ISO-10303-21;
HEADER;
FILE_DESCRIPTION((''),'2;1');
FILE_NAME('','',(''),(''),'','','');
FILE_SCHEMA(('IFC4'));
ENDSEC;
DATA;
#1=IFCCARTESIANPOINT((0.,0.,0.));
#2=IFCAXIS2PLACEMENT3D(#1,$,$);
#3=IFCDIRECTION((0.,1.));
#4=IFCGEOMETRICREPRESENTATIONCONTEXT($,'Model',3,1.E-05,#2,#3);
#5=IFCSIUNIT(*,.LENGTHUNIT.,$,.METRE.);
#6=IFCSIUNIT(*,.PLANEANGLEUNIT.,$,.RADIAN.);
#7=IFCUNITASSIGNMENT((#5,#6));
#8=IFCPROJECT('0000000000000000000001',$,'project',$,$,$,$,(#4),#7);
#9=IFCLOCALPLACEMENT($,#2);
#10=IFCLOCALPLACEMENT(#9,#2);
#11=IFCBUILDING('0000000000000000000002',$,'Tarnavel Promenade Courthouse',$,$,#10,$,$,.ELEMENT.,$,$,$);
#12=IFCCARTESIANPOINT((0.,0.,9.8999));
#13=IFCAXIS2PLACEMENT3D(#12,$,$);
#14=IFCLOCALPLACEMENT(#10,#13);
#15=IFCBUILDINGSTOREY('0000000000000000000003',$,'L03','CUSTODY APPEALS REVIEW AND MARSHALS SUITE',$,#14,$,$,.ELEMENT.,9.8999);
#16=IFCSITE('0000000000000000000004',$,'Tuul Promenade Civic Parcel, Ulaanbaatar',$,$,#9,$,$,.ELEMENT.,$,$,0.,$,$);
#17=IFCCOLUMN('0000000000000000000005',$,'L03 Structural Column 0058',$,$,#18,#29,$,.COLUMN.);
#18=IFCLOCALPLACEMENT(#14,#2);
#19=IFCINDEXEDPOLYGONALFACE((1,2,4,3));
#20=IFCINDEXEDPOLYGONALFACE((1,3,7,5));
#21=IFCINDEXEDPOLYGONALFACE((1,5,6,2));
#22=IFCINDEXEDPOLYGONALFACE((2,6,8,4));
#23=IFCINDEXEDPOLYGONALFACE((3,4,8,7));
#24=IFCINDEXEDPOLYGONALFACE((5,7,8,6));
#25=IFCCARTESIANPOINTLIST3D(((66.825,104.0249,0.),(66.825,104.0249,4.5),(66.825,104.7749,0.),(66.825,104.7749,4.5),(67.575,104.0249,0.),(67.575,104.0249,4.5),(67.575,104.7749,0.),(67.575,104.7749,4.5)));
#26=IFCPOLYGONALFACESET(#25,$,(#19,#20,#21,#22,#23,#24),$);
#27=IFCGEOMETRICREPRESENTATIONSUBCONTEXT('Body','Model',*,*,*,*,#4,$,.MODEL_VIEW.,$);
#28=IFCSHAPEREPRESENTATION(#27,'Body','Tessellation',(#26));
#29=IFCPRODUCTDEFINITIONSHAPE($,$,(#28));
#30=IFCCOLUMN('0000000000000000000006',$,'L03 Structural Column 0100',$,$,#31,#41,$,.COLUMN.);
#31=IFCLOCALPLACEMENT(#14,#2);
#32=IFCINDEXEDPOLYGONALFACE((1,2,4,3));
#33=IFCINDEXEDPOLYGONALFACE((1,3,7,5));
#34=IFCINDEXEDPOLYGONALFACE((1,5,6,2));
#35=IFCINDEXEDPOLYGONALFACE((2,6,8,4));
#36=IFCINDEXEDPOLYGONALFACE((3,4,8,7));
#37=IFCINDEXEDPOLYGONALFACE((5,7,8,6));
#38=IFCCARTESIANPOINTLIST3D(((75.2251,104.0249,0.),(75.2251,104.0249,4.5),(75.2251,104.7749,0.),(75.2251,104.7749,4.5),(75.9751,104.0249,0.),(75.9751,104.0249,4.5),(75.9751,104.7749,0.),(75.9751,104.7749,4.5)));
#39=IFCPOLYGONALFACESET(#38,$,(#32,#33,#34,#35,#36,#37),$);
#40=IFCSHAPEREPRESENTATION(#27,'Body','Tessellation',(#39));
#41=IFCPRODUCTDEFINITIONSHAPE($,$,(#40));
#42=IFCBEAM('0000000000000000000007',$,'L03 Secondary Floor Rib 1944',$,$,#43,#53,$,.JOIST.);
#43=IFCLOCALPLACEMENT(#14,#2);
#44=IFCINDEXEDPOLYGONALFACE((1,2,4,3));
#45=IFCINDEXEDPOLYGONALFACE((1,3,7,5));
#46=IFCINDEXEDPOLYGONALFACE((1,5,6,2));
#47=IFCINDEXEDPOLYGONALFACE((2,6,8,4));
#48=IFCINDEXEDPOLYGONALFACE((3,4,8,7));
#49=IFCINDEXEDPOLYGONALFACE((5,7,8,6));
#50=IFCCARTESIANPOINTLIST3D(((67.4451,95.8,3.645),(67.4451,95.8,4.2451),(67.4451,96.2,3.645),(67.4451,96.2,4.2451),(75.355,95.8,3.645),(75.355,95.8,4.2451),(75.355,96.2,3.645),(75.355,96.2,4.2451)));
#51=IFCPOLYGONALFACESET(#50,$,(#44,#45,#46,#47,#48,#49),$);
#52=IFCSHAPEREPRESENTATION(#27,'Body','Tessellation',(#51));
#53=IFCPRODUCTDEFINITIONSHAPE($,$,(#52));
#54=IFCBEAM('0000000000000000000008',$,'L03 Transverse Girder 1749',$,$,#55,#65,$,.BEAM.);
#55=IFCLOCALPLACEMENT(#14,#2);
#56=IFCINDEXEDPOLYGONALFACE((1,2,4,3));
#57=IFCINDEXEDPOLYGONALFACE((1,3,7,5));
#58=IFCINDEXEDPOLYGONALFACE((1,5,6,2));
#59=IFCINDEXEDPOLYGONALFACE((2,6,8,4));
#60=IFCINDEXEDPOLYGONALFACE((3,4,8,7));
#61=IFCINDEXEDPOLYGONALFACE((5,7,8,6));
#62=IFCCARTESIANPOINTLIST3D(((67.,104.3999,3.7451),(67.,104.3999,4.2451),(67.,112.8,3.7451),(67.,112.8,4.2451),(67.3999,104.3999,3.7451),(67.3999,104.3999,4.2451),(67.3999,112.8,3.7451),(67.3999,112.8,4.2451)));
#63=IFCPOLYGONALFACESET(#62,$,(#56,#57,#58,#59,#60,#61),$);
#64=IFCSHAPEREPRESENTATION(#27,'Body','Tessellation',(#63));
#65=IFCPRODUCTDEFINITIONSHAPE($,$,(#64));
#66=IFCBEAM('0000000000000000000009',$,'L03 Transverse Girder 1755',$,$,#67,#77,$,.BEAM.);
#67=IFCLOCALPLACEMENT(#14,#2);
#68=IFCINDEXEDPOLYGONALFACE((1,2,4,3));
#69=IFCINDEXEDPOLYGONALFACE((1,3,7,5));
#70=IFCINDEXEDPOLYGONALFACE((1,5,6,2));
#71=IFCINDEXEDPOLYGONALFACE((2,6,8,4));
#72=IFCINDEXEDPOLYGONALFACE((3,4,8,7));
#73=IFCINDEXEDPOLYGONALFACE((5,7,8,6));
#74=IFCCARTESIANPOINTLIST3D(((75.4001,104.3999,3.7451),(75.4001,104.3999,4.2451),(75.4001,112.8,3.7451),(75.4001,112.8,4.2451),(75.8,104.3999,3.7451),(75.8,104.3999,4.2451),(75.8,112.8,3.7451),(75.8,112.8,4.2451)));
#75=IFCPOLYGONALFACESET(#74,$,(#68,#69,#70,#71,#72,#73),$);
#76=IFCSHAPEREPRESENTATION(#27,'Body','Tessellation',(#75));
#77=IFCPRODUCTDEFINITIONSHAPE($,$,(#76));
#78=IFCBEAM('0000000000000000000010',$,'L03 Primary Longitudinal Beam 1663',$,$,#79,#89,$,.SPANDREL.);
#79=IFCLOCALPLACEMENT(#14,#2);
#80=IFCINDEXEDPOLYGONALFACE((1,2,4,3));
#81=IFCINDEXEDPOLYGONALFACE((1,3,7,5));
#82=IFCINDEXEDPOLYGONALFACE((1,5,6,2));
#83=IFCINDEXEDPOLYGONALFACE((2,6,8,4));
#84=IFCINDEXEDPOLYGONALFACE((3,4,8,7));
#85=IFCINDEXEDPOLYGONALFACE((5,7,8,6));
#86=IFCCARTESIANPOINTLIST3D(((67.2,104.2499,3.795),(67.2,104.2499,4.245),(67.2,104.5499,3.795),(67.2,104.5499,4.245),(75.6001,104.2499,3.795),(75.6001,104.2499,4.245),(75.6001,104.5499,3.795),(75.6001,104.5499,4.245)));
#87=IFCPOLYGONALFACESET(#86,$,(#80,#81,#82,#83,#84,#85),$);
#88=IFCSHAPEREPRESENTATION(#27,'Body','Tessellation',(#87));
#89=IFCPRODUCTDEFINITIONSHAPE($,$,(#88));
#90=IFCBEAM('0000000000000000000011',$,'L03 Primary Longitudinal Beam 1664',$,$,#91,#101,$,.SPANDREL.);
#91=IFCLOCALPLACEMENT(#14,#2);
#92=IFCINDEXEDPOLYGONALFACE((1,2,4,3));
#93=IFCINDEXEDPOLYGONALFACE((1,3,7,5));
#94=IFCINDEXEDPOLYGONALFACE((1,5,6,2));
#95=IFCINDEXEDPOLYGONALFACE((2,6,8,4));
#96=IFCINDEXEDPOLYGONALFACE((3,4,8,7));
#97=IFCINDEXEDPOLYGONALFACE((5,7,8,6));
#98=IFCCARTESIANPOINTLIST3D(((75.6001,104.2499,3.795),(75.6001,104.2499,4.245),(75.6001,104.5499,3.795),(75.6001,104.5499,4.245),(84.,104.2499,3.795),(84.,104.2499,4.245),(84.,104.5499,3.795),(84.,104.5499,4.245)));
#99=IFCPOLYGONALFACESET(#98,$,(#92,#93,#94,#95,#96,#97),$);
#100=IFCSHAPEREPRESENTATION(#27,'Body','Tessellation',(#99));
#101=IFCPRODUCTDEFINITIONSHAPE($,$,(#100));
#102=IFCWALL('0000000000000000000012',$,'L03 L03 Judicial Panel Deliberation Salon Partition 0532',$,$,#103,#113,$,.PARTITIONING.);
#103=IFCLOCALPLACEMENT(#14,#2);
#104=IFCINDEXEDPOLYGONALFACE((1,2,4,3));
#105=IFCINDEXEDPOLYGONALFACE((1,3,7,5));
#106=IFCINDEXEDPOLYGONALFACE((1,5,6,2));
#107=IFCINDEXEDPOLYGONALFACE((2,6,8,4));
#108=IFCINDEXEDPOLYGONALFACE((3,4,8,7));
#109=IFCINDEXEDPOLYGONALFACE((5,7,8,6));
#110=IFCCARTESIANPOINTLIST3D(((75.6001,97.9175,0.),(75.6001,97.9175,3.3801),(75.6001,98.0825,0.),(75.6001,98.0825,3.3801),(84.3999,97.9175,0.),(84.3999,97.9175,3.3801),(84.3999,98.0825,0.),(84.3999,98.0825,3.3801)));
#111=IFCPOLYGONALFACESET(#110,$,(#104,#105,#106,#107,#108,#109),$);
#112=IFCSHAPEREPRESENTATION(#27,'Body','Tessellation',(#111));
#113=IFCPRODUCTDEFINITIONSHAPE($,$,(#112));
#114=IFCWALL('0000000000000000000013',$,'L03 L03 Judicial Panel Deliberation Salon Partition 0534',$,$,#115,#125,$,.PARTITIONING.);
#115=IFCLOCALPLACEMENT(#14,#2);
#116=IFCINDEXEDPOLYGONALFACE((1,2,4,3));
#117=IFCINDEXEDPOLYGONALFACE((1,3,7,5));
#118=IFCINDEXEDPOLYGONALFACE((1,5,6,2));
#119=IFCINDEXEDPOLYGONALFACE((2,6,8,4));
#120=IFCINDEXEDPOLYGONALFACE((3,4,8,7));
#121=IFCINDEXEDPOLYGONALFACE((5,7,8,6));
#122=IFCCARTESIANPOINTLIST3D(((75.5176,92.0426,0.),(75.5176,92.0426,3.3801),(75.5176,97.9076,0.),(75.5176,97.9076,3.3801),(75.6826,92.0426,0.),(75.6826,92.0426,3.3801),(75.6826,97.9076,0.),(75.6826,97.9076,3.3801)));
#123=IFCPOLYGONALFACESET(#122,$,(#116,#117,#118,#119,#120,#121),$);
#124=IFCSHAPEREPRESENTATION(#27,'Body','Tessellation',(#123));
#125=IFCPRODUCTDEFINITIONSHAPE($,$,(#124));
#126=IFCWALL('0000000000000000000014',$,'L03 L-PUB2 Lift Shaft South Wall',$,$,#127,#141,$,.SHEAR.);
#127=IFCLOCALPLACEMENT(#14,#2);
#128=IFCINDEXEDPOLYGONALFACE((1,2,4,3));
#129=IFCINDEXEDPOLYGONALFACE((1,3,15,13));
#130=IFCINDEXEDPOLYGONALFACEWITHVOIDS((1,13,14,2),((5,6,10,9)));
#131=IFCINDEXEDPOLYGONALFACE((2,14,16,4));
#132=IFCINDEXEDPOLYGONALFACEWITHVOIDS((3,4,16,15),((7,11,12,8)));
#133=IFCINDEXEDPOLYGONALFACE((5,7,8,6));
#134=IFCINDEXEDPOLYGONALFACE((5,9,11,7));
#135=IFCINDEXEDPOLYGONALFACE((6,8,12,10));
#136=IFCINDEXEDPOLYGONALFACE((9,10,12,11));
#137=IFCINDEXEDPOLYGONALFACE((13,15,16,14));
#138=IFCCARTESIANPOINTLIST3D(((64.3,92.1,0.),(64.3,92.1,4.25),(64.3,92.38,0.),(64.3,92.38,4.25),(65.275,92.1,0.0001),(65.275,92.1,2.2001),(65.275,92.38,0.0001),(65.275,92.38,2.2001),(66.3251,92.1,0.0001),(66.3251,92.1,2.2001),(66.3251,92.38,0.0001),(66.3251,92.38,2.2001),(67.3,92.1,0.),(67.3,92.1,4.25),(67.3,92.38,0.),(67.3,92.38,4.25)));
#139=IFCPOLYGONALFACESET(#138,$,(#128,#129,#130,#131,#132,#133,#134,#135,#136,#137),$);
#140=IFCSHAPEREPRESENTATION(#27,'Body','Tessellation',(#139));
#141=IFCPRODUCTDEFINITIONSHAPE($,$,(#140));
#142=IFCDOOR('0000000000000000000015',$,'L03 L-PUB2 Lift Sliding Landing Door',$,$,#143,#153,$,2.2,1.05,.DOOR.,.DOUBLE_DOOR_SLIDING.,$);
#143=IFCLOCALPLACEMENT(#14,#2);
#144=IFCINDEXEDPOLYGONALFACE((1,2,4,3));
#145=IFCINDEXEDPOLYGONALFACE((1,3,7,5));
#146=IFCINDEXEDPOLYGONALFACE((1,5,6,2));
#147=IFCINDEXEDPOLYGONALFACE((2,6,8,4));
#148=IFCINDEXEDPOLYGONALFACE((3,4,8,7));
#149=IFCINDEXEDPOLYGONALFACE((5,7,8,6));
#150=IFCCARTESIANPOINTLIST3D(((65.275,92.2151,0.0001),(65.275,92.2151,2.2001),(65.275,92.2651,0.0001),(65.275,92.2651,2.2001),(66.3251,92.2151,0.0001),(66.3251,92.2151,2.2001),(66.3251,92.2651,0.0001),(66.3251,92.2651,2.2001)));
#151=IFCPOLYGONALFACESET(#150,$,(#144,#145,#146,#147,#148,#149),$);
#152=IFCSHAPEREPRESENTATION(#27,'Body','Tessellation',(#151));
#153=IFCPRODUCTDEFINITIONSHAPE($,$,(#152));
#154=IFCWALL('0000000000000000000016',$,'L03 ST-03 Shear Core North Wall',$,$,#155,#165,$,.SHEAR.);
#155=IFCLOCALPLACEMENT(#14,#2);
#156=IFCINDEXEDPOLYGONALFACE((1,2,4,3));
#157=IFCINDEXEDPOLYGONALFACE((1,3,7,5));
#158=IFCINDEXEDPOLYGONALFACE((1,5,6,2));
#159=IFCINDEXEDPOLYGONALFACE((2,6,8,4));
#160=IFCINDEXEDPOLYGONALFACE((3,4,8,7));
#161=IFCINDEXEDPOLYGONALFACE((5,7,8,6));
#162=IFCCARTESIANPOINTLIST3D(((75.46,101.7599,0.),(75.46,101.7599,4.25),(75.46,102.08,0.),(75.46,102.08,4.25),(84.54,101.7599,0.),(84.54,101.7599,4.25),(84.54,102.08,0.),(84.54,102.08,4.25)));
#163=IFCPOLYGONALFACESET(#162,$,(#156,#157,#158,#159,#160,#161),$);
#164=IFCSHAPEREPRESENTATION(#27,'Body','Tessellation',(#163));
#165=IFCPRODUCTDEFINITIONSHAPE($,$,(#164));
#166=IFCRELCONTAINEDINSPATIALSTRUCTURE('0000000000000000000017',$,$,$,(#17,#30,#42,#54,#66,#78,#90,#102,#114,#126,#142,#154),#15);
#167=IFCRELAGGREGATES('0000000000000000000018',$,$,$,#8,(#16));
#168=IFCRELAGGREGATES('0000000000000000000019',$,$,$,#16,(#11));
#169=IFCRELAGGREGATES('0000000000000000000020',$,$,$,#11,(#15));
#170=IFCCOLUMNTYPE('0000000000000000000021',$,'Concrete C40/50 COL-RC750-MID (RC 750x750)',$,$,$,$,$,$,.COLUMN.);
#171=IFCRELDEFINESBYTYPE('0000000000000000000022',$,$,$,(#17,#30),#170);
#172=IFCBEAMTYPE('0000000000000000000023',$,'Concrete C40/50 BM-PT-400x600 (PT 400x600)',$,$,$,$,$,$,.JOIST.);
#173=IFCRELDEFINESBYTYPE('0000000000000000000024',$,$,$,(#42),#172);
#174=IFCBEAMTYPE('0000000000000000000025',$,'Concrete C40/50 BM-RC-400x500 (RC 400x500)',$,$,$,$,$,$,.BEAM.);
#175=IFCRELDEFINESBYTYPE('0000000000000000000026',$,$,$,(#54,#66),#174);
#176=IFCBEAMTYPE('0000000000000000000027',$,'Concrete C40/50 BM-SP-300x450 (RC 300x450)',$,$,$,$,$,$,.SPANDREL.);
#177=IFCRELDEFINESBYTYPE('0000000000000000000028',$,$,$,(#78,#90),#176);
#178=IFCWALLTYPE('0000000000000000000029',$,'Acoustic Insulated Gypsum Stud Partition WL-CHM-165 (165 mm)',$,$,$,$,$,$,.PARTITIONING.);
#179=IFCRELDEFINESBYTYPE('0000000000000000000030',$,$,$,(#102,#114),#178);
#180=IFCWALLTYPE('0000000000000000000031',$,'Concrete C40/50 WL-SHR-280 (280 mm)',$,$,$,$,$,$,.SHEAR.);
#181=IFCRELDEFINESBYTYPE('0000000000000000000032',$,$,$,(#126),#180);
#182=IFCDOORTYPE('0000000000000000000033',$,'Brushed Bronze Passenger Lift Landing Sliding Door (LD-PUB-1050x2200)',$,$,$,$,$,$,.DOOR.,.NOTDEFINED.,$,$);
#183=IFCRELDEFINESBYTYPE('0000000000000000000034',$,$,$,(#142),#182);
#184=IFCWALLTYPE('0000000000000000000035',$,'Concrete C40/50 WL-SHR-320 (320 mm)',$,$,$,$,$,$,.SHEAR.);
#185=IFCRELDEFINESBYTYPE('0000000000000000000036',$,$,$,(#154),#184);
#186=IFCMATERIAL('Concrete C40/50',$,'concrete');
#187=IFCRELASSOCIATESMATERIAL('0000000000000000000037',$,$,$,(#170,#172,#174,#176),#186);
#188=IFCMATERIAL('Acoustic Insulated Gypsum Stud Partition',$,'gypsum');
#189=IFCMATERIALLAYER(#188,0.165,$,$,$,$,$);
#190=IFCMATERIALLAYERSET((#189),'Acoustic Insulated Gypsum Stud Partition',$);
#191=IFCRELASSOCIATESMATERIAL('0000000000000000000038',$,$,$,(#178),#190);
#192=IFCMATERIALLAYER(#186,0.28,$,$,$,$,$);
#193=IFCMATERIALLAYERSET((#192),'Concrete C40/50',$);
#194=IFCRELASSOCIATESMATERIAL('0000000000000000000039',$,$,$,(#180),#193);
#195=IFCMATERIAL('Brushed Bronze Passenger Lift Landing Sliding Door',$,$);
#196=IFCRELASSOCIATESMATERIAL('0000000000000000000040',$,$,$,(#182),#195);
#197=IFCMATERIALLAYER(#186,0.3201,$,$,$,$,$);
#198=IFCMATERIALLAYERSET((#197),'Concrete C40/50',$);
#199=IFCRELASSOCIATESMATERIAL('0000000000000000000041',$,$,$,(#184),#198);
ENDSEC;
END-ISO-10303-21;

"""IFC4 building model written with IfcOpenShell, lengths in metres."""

from ifc_helpers import new_model, si_unit, direction, frame, frame_2d, origin, origin_2d, place, context, subcontext, project, spatial, rectangle, extrude, material, layer, layer_set, material_profile, profile_set, type_object, element, fill, save


model = new_model("IFC4")

# Units and contexts
model_context = context("Model", 3, precision=1e-05, world=origin(), true_north=direction((0.0, 1.0)))
body_context = subcontext(model_context, "Body", "Model", "MODEL_VIEW")
ifc_project = project(units=[si_unit("LENGTHUNIT", "METRE"), si_unit("PLANEANGLEUNIT", "RADIAN")], contexts=[model_context])

# Site, building, storey
site_placement = place(None, origin())
site = spatial("IfcSite", under=ifc_project, at=site_placement, Name="Tuul Promenade Civic Parcel, Ulaanbaatar", CompositionType="ELEMENT", RefElevation=0.0)
building_placement = place(site_placement, origin())
building = spatial("IfcBuilding", under=site, at=building_placement, Name="Tarnavel Promenade Courthouse", CompositionType="ELEMENT")
storey_placement = place(building_placement, frame((0.0, 0.0, 9.8999)))
storey = spatial("IfcBuildingStorey", under=building, at=storey_placement, Name="L03", Description="CUSTODY APPEALS REVIEW AND MARSHALS SUITE", CompositionType="ELEMENT", Elevation=9.8999)

# Columns
ifc_material_1 = material(Name="Concrete C40/50", Category="concrete")
ifc_material_profile_1 = material_profile(ifc_material_1, rectangle(XDim=0.75, YDim=0.75, at=origin_2d()), Name="RC 750x750")
ifc_profile_set_1 = profile_set([ifc_material_profile_1], Name="Concrete C40/50")
column_type = type_object("IfcColumnType", Name="Concrete C40/50 COL-RC750-MID (RC 750x750)", PredefinedType="COLUMN", material=ifc_profile_set_1)
for number, where, z_axis, x_axis, name in (
    (1, (67.2, 104.3999, 0.0), (0.0, 0.0, 1.0), (1.0, 0.0, 0.0), "L03 Structural Column 0058"),
    (2, (75.6001, 104.3999, 0.0), (0.0, 0.0, 1.0), (1.0, 0.0, 0.0), "L03 Structural Column 0100"),
):
    element("IfcColumn", number, at=place(storey_placement, frame(where, z_axis=z_axis, x_axis=x_axis)), inside=storey, type_object=column_type, Name=name, PredefinedType="COLUMN", context=body_context, shape_type="SweptSolid", body=[
        extrude(rectangle(XDim=0.75, YDim=0.75, at=origin_2d()), origin(), (0.0, 0.0, 1.0), 4.5),
    ])

# Beams
ifc_material_profile_2 = material_profile(ifc_material_1, rectangle(XDim=0.3999, YDim=0.6001, at=origin_2d()), Name="PT 400x600")
ifc_profile_set_2 = profile_set([ifc_material_profile_2], Name="Concrete C40/50")
beam_type_1 = type_object("IfcBeamType", Name="Concrete C40/50 BM-PT-400x600 (PT 400x600)", PredefinedType="JOIST", material=ifc_profile_set_2)
beam_1_placement = place(storey_placement, frame((67.4451, 96.0, 3.9451), z_axis=(1.0, 0.0, 0.0), x_axis=(0.0, 1.0, 0.0)))
element("IfcBeam", 3, at=beam_1_placement, inside=storey, type_object=beam_type_1, Name="L03 Secondary Floor Rib 1944", PredefinedType="JOIST", context=body_context, shape_type="SweptSolid", body=[
    extrude(rectangle(XDim=0.3999, YDim=0.6001, at=origin_2d()), origin(), (0.0, 0.0, 1.0), 7.9099),
])
ifc_material_profile_3 = material_profile(ifc_material_1, rectangle(XDim=0.3999, YDim=0.5, at=origin_2d()), Name="RC 400x500")
ifc_profile_set_3 = profile_set([ifc_material_profile_3], Name="Concrete C40/50")
beam_type_2 = type_object("IfcBeamType", Name="Concrete C40/50 BM-RC-400x500 (RC 400x500)", PredefinedType="BEAM", material=ifc_profile_set_3)
for number, where, z_axis, x_axis, name in (
    (4, (67.2, 104.3999, 3.9951), (0.0, 1.0, 0.0), (-1.0, 0.0, 0.0), "L03 Transverse Girder 1749"),
    (5, (75.6001, 104.3999, 3.9951), (0.0, 1.0, 0.0), (-1.0, 0.0, 0.0), "L03 Transverse Girder 1755"),
):
    element("IfcBeam", number, at=place(storey_placement, frame(where, z_axis=z_axis, x_axis=x_axis)), inside=storey, type_object=beam_type_2, Name=name, PredefinedType="BEAM", context=body_context, shape_type="SweptSolid", body=[
        extrude(rectangle(XDim=0.3999, YDim=0.5, at=origin_2d()), origin(), (0.0, 0.0, 1.0), 8.4001),
    ])
ifc_material_profile_4 = material_profile(ifc_material_1, rectangle(XDim=0.3, YDim=0.45, at=origin_2d()), Name="RC 300x450")
ifc_profile_set_4 = profile_set([ifc_material_profile_4], Name="Concrete C40/50")
beam_type_3 = type_object("IfcBeamType", Name="Concrete C40/50 BM-SP-300x450 (RC 300x450)", PredefinedType="SPANDREL", material=ifc_profile_set_4)
beam_2_placement = place(storey_placement, frame((67.2, 104.3999, 4.02), z_axis=(1.0, 0.0, 0.0), x_axis=(0.0, 1.0, 0.0)))
element("IfcBeam", 6, at=beam_2_placement, inside=storey, type_object=beam_type_3, Name="L03 Primary Longitudinal Beam 1663", PredefinedType="SPANDREL", context=body_context, shape_type="SweptSolid", body=[
    extrude(rectangle(XDim=0.3, YDim=0.45, at=origin_2d()), origin(), (0.0, 0.0, 1.0), 8.4001),
])
beam_3_placement = place(storey_placement, frame((75.6001, 104.3999, 4.02), z_axis=(1.0, 0.0, 0.0), x_axis=(0.0, 1.0, 0.0)))
element("IfcBeam", 7, at=beam_3_placement, inside=storey, type_object=beam_type_3, Name="L03 Primary Longitudinal Beam 1664", PredefinedType="SPANDREL", context=body_context, shape_type="SweptSolid", body=[
    extrude(rectangle(XDim=0.3, YDim=0.45, at=origin_2d()), origin(), (0.0, 0.0, 1.0), 8.3999),
])

# Walls
ifc_material_2 = material(Name="Acoustic Insulated Gypsum Stud Partition", Category="gypsum")
ifc_layer_1 = layer(ifc_material_2, 0.165)
ifc_layer_set_1 = layer_set([ifc_layer_1], Name="Acoustic Insulated Gypsum Stud Partition")
wall_type_1 = type_object("IfcWallType", Name="Acoustic Insulated Gypsum Stud Partition WL-CHM-165 (165 mm)", PredefinedType="PARTITIONING", material=ifc_layer_set_1)
wall_1_placement = place(storey_placement, frame((75.6001, 98.0, 0.0), z_axis=(0.0, 0.0, 1.0), x_axis=(1.0, 0.0, 0.0)))
element("IfcWall", 8, at=wall_1_placement, inside=storey, type_object=wall_type_1, Name="L03 L03 Judicial Panel Deliberation Salon Partition 0532", PredefinedType="PARTITIONING", context=body_context, shape_type="SweptSolid", body=[
    extrude(rectangle(XDim=8.7998, YDim=0.165, at=frame_2d((4.3999, 0.0))), origin(), (0.0, 0.0, 1.0), 3.3801),
])
wall_2_placement = place(storey_placement, frame((75.6001, 92.0425, 0.0), z_axis=(0.0, 0.0, 1.0), x_axis=(0.0, 1.0, 0.0)))
element("IfcWall", 9, at=wall_2_placement, inside=storey, type_object=wall_type_1, Name="L03 L03 Judicial Panel Deliberation Salon Partition 0534", PredefinedType="PARTITIONING", context=body_context, shape_type="SweptSolid", body=[
    extrude(rectangle(XDim=5.865, YDim=0.165, at=frame_2d((2.9326, 0.0))), origin(), (0.0, 0.0, 1.0), 3.3801),
])

# Wall, opening, door
ifc_layer_2 = layer(ifc_material_1, 0.28)
ifc_layer_set_2 = layer_set([ifc_layer_2], Name="Concrete C40/50")
wall_type_2 = type_object("IfcWallType", Name="Concrete C40/50 WL-SHR-280 (280 mm)", PredefinedType="SHEAR", material=ifc_layer_set_2)
wall_3_placement = place(storey_placement, frame((67.3, 92.24, 0.0), z_axis=(0.0, 0.0, 1.0), x_axis=(-1.0, 0.0, 0.0)))
wall_3 = element("IfcWall", 10, at=wall_3_placement, inside=storey, type_object=wall_type_2, Name="L03 L-PUB2 Lift Shaft South Wall", PredefinedType="SHEAR", context=body_context, shape_type="SweptSolid", body=[
    extrude(rectangle(XDim=3.0, YDim=0.28, at=frame_2d((1.5, 0.0))), origin(), (0.0, 0.0, 1.0), 4.25),
])
opening_1_placement = place(wall_3_placement, frame((0.9751, 0.0, 0.0)))
opening_1 = element("IfcOpeningElement", 11, at=opening_1_placement, cuts=wall_3, PredefinedType="OPENING", context=body_context, shape_type="SweptSolid", body=[
    extrude(rectangle(XDim=1.05, YDim=2.2, at=frame_2d((0.5249, 1.1001))), frame((0.0, 0.1499, 0.0), z_axis=(0.0, -1.0, 0.0), x_axis=(1.0, 0.0, 0.0)), (0.0, 0.0, 1.0), 0.3),
])
ifc_material_3 = material(Name="Brushed Bronze Passenger Lift Landing Sliding Door")
door_type_1 = type_object("IfcDoorType", Name="Brushed Bronze Passenger Lift Landing Sliding Door (LD-PUB-1050x2200)", OperationType="NOTDEFINED", PredefinedType="DOOR", material=ifc_material_3)
door_1_placement = place(opening_1_placement, origin())
door_1 = element("IfcDoor", 12, at=door_1_placement, inside=storey, type_object=door_type_1, Name="L03 L-PUB2 Lift Sliding Landing Door", OperationType="DOUBLE_DOOR_SLIDING", OverallHeight=2.2, OverallWidth=1.05, PredefinedType="DOOR", context=body_context, shape_type="SweptSolid", body=[
    extrude(rectangle(XDim=1.05, YDim=2.2, at=frame_2d((0.5249, 1.1001))), frame((0.0, 0.0249, 0.0), z_axis=(0.0, -1.0, 0.0), x_axis=(1.0, 0.0, 0.0)), (0.0, 0.0, 1.0), 0.05),
])
fill(opening_1, door_1)

# Wall
ifc_layer_3 = layer(ifc_material_1, 0.3201)
ifc_layer_set_3 = layer_set([ifc_layer_3], Name="Concrete C40/50")
wall_type_3 = type_object("IfcWallType", Name="Concrete C40/50 WL-SHR-320 (320 mm)", PredefinedType="SHEAR", material=ifc_layer_set_3)
wall_4_placement = place(storey_placement, frame((75.46, 101.9199, 0.0), z_axis=(0.0, 0.0, 1.0), x_axis=(1.0, 0.0, 0.0)))
element("IfcWall", 13, at=wall_4_placement, inside=storey, type_object=wall_type_3, Name="L03 ST-03 Shear Core North Wall", PredefinedType="SHEAR", context=body_context, shape_type="SweptSolid", body=[
    extrude(rectangle(XDim=9.0801, YDim=0.3201, at=frame_2d((4.54, 0.0))), origin(), (0.0, 0.0, 1.0), 4.25),
])

save(model, "model.ifc")
